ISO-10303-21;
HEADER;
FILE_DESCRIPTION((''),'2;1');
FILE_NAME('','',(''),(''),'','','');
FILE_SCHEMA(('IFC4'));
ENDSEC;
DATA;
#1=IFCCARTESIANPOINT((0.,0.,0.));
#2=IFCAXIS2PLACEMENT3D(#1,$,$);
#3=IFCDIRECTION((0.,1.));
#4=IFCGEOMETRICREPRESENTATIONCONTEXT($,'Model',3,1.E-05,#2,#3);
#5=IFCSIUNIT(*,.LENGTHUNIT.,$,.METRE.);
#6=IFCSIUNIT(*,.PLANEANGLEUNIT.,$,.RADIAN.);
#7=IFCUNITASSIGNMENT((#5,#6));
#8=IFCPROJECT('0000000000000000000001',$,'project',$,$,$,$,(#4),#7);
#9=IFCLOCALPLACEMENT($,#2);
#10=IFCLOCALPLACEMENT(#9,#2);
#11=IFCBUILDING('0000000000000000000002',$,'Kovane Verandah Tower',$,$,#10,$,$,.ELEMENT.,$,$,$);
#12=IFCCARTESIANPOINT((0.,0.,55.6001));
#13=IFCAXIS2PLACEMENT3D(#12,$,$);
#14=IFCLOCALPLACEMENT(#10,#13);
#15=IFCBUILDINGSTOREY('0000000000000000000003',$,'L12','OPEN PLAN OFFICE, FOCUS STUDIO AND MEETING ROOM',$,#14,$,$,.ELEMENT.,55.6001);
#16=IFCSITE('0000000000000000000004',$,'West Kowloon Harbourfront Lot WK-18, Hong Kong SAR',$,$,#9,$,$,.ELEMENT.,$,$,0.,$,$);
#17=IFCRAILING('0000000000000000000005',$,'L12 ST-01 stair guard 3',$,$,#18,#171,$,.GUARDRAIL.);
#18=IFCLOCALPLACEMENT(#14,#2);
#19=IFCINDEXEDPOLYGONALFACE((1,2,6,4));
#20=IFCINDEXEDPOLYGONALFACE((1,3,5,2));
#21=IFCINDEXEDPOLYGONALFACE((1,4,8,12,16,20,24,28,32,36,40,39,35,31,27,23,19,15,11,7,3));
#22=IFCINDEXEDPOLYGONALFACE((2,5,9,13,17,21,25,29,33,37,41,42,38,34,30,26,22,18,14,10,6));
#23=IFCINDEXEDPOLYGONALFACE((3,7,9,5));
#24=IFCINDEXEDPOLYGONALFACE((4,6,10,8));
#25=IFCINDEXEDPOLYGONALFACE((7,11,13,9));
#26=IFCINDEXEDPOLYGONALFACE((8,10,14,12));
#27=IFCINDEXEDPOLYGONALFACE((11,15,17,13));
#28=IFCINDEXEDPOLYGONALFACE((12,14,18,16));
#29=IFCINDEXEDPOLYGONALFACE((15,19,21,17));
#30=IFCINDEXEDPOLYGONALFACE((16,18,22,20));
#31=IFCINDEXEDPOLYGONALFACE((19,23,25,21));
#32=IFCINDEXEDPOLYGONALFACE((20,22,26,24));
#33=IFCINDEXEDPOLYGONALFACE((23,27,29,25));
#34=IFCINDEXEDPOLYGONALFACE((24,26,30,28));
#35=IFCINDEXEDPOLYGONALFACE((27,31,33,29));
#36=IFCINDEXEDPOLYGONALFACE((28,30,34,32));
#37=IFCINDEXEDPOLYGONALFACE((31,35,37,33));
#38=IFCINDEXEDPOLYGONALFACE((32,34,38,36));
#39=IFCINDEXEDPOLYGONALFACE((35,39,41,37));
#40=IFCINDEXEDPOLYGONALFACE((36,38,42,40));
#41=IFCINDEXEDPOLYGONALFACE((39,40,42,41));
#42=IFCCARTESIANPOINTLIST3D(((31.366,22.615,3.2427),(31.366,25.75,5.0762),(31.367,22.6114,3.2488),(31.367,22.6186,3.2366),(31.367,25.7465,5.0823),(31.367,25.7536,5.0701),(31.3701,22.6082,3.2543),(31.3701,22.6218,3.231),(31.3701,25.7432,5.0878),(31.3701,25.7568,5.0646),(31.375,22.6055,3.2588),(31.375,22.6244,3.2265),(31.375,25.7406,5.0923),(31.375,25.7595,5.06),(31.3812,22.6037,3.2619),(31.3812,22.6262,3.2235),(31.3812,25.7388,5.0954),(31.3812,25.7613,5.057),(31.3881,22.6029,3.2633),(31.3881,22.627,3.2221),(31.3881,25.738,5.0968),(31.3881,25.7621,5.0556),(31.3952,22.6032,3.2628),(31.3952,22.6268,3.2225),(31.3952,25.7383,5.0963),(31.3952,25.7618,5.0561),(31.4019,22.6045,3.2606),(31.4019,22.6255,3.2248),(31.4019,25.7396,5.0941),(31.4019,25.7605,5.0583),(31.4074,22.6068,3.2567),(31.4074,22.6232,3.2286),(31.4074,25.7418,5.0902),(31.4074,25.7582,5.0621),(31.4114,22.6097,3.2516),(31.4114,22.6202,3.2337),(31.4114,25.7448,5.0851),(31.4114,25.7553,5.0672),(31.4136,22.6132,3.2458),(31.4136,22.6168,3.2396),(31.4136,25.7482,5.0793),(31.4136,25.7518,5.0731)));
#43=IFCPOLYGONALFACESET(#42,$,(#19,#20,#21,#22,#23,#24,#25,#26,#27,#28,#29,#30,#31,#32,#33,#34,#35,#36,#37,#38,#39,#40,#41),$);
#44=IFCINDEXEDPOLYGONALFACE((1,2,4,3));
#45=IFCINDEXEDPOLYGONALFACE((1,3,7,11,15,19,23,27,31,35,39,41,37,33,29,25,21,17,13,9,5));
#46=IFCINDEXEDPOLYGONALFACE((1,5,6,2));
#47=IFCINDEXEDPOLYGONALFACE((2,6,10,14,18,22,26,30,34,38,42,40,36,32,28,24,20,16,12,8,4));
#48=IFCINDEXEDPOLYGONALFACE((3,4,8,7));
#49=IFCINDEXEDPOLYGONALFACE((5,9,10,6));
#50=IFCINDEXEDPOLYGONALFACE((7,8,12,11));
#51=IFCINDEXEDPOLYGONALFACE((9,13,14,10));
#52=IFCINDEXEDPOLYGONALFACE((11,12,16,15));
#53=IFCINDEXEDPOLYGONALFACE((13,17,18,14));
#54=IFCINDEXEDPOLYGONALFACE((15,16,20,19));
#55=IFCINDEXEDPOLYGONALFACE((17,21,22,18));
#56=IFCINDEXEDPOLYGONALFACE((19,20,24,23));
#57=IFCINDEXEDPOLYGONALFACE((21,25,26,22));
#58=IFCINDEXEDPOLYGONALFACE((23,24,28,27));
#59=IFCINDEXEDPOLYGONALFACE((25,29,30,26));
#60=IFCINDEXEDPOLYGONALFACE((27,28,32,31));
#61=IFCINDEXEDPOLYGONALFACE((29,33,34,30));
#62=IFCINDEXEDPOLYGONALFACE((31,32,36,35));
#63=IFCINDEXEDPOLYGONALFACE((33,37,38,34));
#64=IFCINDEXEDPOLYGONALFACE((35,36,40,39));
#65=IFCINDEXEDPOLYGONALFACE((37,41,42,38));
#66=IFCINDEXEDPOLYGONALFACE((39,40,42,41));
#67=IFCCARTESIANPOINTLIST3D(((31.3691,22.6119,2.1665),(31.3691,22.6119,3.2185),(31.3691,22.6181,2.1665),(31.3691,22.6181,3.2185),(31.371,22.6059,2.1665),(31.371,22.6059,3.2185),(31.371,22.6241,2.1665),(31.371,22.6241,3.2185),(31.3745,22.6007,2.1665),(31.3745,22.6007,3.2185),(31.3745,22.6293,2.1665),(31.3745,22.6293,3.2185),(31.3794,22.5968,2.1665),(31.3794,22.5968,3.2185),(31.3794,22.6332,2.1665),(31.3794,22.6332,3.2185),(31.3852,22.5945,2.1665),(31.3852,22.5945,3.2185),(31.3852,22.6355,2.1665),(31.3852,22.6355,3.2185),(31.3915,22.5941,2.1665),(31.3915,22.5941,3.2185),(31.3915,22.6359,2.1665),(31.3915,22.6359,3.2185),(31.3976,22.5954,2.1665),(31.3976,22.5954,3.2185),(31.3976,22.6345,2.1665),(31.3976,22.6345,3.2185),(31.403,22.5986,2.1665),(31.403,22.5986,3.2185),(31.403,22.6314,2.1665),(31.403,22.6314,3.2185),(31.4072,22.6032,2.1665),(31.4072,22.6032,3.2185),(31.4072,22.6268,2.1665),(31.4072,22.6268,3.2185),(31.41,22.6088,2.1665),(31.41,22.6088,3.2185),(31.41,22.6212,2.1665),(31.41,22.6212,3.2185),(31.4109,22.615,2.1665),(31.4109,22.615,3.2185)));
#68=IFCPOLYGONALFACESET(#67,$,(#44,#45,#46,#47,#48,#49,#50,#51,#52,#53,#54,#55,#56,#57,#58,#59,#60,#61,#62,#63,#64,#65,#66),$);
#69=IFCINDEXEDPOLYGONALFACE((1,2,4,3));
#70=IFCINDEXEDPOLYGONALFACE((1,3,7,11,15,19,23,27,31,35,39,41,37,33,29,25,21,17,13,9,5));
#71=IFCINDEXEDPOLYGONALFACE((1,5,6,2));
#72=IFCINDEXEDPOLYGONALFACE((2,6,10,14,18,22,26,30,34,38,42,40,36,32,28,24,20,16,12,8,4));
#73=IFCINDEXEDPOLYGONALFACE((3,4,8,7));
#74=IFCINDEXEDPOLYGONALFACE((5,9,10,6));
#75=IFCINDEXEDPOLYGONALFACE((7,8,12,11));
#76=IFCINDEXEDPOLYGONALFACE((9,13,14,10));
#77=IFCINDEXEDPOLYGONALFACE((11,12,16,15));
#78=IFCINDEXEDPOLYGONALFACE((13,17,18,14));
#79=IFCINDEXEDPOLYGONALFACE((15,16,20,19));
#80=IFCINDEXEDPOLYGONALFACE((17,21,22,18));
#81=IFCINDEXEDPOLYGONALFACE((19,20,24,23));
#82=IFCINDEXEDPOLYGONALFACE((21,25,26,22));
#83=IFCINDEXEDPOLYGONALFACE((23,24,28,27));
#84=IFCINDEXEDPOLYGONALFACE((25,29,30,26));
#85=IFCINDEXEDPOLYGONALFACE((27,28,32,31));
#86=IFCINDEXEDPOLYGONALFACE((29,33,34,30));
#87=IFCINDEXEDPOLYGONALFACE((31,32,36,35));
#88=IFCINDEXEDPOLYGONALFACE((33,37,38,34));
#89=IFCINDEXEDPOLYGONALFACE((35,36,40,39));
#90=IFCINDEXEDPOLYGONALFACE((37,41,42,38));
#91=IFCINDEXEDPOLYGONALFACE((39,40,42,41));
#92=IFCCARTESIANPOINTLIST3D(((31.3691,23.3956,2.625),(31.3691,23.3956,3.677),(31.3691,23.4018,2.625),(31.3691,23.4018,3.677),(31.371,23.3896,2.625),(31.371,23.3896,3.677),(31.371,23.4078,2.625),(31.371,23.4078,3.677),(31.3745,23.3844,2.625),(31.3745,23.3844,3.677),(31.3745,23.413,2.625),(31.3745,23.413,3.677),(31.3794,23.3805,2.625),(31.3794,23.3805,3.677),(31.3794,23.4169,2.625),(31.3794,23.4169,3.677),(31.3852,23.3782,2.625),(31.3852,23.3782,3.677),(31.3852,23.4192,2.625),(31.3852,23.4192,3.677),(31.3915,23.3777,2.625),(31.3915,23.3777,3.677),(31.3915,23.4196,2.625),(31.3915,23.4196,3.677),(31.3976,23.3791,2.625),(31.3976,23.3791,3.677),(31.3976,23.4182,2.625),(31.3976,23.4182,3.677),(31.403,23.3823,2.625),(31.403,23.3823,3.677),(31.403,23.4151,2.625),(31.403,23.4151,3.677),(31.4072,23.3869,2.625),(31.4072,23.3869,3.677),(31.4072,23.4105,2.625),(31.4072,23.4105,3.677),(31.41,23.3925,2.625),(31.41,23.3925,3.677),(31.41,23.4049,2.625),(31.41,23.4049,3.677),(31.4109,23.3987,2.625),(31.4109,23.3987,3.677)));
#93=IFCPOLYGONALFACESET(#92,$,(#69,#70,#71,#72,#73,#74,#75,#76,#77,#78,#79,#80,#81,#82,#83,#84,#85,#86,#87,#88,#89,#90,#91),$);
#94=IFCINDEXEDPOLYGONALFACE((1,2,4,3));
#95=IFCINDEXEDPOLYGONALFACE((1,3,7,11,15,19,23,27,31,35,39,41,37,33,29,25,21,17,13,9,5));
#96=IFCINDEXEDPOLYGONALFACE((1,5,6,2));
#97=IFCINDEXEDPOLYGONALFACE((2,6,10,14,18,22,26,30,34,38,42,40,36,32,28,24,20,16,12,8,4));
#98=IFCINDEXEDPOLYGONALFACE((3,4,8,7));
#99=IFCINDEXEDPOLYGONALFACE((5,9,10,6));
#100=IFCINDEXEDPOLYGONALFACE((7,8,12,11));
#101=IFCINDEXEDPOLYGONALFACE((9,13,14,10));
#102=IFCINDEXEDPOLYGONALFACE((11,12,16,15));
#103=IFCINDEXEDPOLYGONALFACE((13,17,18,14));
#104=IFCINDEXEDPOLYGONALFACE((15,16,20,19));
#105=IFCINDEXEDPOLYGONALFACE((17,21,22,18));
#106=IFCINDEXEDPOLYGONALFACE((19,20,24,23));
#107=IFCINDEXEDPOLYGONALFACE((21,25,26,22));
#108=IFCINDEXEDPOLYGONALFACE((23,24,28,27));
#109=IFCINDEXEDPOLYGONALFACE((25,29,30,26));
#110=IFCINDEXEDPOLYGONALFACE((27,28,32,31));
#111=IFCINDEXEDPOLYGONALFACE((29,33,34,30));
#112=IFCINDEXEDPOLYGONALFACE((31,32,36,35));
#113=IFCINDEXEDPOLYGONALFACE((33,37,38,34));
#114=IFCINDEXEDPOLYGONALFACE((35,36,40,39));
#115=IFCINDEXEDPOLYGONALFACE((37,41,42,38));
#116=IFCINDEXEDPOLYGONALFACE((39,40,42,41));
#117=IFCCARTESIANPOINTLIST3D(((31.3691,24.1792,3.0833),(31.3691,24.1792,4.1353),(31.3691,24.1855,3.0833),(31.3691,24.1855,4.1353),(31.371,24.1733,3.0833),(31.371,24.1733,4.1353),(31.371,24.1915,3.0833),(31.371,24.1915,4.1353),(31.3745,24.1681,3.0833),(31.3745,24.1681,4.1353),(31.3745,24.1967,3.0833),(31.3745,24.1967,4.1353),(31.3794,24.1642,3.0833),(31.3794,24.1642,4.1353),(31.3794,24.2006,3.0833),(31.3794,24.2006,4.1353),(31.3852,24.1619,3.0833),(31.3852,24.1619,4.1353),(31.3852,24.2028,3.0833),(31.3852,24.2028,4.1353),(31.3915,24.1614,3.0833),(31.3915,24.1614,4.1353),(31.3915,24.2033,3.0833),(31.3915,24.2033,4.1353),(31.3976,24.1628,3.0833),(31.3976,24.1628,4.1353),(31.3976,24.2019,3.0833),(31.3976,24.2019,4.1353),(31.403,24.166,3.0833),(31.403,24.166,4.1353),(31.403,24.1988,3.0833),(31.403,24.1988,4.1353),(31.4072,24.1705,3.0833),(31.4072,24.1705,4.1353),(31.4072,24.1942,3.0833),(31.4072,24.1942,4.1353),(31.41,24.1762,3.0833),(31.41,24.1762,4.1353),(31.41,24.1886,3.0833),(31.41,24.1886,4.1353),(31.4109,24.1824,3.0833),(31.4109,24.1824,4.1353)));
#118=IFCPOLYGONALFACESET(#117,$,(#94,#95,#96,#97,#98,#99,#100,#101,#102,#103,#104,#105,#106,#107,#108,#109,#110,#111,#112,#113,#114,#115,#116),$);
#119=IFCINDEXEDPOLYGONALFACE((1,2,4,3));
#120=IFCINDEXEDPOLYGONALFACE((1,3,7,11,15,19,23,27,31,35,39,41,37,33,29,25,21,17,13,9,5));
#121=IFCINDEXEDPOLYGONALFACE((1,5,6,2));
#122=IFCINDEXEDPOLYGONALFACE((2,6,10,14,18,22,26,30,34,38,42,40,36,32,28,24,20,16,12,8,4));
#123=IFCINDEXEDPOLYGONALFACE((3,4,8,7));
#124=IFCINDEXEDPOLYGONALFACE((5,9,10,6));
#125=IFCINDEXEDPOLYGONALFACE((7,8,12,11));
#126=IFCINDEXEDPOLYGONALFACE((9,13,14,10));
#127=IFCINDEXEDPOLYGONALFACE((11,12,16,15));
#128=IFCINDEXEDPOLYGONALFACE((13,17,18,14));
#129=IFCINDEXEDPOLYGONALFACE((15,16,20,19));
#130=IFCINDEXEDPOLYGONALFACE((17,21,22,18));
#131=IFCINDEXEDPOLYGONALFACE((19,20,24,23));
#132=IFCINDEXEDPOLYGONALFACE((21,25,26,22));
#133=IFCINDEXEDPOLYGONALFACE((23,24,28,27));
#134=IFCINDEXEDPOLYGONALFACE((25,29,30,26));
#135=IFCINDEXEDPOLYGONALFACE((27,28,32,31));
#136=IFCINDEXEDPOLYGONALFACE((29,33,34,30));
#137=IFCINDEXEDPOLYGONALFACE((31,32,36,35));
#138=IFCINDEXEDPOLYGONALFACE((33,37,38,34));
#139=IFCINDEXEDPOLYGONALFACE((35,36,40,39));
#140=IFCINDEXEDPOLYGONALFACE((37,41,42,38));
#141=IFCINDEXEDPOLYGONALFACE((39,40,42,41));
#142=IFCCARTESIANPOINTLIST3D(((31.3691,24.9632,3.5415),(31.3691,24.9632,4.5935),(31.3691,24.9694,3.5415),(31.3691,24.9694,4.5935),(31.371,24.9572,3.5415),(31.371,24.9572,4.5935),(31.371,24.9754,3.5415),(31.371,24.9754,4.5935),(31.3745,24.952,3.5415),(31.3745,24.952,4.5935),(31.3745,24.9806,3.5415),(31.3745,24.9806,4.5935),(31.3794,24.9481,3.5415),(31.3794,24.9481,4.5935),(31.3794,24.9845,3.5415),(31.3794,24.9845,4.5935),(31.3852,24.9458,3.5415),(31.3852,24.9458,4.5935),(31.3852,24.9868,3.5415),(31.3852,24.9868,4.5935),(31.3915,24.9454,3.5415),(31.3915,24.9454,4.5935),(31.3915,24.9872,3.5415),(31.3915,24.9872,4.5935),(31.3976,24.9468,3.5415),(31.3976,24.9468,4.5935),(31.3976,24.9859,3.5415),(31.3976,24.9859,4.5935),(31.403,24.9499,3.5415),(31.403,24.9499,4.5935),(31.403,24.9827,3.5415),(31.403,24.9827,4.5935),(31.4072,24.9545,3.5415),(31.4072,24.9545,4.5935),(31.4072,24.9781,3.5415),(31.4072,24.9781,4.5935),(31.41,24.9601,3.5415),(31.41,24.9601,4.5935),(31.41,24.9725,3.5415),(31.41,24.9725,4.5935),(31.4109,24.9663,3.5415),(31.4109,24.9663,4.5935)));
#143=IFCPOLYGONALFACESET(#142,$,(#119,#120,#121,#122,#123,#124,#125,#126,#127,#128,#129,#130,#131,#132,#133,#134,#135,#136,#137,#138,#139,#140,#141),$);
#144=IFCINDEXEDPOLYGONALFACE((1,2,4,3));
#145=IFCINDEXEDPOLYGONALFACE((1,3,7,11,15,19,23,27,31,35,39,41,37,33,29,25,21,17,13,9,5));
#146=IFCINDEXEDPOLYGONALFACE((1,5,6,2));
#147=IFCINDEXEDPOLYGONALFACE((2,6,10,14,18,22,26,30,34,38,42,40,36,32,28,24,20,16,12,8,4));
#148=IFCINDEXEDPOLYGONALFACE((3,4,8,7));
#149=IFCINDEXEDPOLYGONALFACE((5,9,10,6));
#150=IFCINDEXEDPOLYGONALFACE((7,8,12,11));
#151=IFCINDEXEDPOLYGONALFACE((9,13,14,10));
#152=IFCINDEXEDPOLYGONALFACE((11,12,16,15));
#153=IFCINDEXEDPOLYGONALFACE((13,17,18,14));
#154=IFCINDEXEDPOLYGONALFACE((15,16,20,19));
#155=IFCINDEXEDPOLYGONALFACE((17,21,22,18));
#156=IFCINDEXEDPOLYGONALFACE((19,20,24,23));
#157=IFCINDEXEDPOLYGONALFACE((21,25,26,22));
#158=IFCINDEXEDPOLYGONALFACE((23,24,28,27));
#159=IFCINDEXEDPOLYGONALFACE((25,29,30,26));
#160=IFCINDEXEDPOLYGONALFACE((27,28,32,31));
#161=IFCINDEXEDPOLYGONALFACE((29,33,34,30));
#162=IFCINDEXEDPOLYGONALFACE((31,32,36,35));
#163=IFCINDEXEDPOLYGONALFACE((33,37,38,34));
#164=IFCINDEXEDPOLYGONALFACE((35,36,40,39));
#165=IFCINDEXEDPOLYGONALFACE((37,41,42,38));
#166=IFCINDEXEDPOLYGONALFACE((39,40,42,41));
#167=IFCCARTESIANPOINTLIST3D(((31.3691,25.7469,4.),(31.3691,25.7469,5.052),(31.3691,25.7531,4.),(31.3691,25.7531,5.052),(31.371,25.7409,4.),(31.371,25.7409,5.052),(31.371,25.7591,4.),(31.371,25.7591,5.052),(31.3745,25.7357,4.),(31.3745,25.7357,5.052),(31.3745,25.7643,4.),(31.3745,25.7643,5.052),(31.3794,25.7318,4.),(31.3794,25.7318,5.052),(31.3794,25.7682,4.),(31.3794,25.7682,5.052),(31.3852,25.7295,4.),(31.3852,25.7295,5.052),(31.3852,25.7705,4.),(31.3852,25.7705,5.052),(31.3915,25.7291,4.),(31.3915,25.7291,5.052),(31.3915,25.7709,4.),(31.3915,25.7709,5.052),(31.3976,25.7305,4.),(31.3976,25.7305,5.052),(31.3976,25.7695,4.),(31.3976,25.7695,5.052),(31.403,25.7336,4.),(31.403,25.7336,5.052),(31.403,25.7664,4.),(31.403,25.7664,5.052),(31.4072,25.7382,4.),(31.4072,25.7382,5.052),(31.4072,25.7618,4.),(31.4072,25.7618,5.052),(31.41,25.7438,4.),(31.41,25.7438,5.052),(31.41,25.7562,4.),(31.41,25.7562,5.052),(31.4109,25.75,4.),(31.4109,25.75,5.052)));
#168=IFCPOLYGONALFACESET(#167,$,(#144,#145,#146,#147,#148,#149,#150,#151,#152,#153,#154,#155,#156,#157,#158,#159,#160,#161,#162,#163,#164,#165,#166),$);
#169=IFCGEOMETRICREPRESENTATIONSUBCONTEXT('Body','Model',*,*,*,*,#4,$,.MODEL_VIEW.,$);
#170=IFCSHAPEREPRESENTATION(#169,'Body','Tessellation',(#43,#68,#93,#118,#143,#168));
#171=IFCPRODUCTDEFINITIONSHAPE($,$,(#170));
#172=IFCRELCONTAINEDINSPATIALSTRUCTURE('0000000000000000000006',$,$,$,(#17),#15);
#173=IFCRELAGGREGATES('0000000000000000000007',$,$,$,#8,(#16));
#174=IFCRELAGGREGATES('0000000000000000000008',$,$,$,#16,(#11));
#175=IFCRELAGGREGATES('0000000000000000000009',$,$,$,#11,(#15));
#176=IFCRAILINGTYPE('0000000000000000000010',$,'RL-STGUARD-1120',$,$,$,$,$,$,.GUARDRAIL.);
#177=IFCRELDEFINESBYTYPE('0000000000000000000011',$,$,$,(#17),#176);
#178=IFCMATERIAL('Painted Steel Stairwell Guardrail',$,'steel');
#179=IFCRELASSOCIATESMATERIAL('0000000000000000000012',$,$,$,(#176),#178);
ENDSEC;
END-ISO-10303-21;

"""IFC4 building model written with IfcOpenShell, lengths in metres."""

from ifc_helpers import new_model, si_unit, direction, frame, origin, origin_2d, place, context, subcontext, project, spatial, circle, extrude, material, type_object, element, save


model = new_model("IFC4")

# Units and contexts
model_context = context("Model", 3, precision=1e-05, world=origin(), true_north=direction((0.0, 1.0)))
body_context = subcontext(model_context, "Body", "Model", "MODEL_VIEW")
ifc_project = project(units=[si_unit("LENGTHUNIT", "METRE"), si_unit("PLANEANGLEUNIT", "RADIAN")], contexts=[model_context])

# Site, building, storey
site_placement = place(None, origin())
site = spatial("IfcSite", under=ifc_project, at=site_placement, Name="West Kowloon Harbourfront Lot WK-18, Hong Kong SAR", CompositionType="ELEMENT", RefElevation=0.0)
building_placement = place(site_placement, origin())
building = spatial("IfcBuilding", under=site, at=building_placement, Name="Kovane Verandah Tower", CompositionType="ELEMENT")
storey_placement = place(building_placement, frame((0.0, 0.0, 55.6001)))
storey = spatial("IfcBuildingStorey", under=building, at=storey_placement, Name="L12", Description="OPEN PLAN OFFICE, FOCUS STUDIO AND MEETING ROOM", CompositionType="ELEMENT", Elevation=55.6001)

# Railing
ifc_material_1 = material(Name="Painted Steel Stairwell Guardrail", Category="steel")
railing_type = type_object("IfcRailingType", Name="RL-STGUARD-1120", PredefinedType="GUARDRAIL", material=ifc_material_1)
railing_1_placement = place(storey_placement, frame((31.3899, 22.615, 2.1665)))
element("IfcRailing", 1, at=railing_1_placement, inside=storey, type_object=railing_type, Name="L12 ST-01 stair guard 3", PredefinedType="GUARDRAIL", context=body_context, shape_type="SweptSolid", body=[
    extrude(circle(Radius=0.0239, at=origin_2d()), frame((0.0, 0.0, 1.0762), z_axis=(0.0, 0.86321, 0.504845), x_axis=(-1.0, 0.0, 0.0)), (0.0, 0.0, 1.0), 3.6318),
    extrude(circle(Radius=0.021, at=origin_2d()), origin(), (0.0, 0.0, 1.0), 1.052),
    extrude(circle(Radius=0.021, at=origin_2d()), frame((0.0, 0.7837, 0.4585)), (0.0, 0.0, 1.0), 1.052),
    extrude(circle(Radius=0.021, at=origin_2d()), frame((0.0, 1.5674, 0.9167)), (0.0, 0.0, 1.0), 1.052),
    extrude(circle(Radius=0.021, at=origin_2d()), frame((0.0, 2.3513, 1.375)), (0.0, 0.0, 1.0), 1.052),
    extrude(circle(Radius=0.021, at=origin_2d()), frame((0.0, 3.135, 1.8335)), (0.0, 0.0, 1.0), 1.052),
])

save(model, "model.ifc")
